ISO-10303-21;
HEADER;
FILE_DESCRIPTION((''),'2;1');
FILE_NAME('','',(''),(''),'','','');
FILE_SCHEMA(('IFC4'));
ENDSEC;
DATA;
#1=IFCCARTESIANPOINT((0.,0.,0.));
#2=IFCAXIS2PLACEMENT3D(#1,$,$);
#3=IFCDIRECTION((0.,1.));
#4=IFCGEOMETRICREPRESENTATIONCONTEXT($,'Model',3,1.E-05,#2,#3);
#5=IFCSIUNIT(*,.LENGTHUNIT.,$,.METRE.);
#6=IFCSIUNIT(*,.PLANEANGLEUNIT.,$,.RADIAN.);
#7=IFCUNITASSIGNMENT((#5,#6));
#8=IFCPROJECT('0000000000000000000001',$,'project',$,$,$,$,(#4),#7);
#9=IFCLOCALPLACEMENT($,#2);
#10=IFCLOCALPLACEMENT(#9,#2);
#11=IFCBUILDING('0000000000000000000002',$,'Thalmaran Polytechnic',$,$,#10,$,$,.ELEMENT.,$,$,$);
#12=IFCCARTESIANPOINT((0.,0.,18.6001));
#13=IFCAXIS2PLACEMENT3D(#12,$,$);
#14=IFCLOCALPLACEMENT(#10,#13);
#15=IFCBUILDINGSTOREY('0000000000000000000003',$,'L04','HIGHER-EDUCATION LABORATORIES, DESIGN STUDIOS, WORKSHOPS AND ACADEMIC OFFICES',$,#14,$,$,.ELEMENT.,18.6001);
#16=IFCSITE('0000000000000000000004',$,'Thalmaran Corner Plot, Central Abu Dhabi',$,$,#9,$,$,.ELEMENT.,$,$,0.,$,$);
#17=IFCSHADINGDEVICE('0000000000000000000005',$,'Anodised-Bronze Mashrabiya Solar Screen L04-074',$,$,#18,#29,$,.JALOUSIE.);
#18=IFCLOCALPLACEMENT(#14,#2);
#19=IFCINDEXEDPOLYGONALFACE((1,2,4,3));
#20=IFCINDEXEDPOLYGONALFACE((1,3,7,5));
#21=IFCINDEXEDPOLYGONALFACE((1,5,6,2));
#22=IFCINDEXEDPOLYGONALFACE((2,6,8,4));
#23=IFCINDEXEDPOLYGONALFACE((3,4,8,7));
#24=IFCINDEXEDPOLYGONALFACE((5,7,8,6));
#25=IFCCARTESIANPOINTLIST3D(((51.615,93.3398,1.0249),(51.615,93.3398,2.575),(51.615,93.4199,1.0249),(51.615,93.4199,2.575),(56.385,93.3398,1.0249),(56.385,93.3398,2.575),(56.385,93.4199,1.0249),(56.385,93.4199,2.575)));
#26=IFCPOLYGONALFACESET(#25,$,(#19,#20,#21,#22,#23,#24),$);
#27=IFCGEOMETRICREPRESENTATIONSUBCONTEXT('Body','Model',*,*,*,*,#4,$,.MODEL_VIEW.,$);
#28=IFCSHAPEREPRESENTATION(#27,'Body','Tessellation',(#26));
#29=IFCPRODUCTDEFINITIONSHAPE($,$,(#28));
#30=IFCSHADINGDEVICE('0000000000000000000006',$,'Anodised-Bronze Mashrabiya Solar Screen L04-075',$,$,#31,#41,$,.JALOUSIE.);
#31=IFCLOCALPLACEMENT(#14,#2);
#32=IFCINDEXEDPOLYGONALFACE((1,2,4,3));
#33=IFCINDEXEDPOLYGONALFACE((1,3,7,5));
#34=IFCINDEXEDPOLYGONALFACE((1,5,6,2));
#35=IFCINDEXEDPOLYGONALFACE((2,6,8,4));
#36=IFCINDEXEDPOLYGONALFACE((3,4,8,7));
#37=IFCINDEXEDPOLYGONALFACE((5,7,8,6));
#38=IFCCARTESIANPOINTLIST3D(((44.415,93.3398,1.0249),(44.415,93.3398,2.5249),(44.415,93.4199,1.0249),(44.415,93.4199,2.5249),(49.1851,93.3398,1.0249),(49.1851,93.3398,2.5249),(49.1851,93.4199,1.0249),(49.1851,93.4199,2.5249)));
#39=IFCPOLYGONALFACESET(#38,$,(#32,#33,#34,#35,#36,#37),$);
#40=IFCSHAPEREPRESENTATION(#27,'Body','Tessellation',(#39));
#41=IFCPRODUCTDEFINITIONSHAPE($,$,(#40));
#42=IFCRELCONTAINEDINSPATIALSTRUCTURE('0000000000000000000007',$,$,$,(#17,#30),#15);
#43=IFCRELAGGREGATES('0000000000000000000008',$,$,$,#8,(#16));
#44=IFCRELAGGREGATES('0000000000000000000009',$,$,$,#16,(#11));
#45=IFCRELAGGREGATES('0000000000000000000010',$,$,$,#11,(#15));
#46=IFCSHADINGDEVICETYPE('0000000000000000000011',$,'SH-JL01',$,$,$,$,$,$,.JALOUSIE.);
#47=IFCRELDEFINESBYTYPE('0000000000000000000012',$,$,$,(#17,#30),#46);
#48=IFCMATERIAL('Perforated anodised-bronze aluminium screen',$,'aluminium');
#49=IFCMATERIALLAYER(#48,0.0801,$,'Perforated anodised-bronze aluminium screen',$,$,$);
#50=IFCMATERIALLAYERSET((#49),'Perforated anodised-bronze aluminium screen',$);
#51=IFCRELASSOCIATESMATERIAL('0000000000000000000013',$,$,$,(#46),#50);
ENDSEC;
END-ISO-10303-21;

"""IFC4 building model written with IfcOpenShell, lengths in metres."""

from ifc_helpers import new_model, si_unit, direction, frame, origin, origin_2d, place, context, subcontext, project, spatial, rectangle, extrude, material, layer, layer_set, type_object, element, save


model = new_model("IFC4")

# Units and contexts
model_context = context("Model", 3, precision=1e-05, world=origin(), true_north=direction((0.0, 1.0)))
body_context = subcontext(model_context, "Body", "Model", "MODEL_VIEW")
ifc_project = project(units=[si_unit("LENGTHUNIT", "METRE"), si_unit("PLANEANGLEUNIT", "RADIAN")], contexts=[model_context])

# Site, building, storey
site_placement = place(None, origin())
site = spatial("IfcSite", under=ifc_project, at=site_placement, Name="Thalmaran Corner Plot, Central Abu Dhabi", CompositionType="ELEMENT", RefElevation=0.0)
building_placement = place(site_placement, origin())
building = spatial("IfcBuilding", under=site, at=building_placement, Name="Thalmaran Polytechnic", CompositionType="ELEMENT")
storey_placement = place(building_placement, frame((0.0, 0.0, 18.6001)))
storey = spatial("IfcBuildingStorey", under=building, at=storey_placement, Name="L04", Description="HIGHER-EDUCATION LABORATORIES, DESIGN STUDIOS, WORKSHOPS AND ACADEMIC OFFICES", CompositionType="ELEMENT", Elevation=18.6001)

# Shading devices
ifc_material_1 = material(Name="Perforated anodised-bronze aluminium screen", Category="aluminium")
ifc_layer_1 = layer(ifc_material_1, 0.0801, Name="Perforated anodised-bronze aluminium screen")
ifc_layer_set_1 = layer_set([ifc_layer_1], Name="Perforated anodised-bronze aluminium screen")
shading_device_type = type_object("IfcShadingDeviceType", Name="SH-JL01", PredefinedType="JALOUSIE", material=ifc_layer_set_1)
shading_device_1_placement = place(storey_placement, frame((54.0, 93.3799, 1.0249), z_axis=(0.0, 0.0, 1.0), x_axis=(-1.0, 0.0, 0.0)))
element("IfcShadingDevice", 1, at=shading_device_1_placement, inside=storey, type_object=shading_device_type, Name="Anodised-Bronze Mashrabiya Solar Screen L04-074", PredefinedType="JALOUSIE", context=body_context, shape_type="SweptSolid", body=[
    extrude(rectangle(XDim=4.77, YDim=0.0801, at=origin_2d()), origin(), (0.0, 0.0, 1.0), 1.55),
])
shading_device_2_placement = place(storey_placement, frame((46.8, 93.3799, 1.0249), z_axis=(0.0, 0.0, 1.0), x_axis=(-1.0, 0.0, 0.0)))
element("IfcShadingDevice", 2, at=shading_device_2_placement, inside=storey, type_object=shading_device_type, Name="Anodised-Bronze Mashrabiya Solar Screen L04-075", PredefinedType="JALOUSIE", context=body_context, shape_type="SweptSolid", body=[
    extrude(rectangle(XDim=4.77, YDim=0.0801, at=origin_2d()), origin(), (0.0, 0.0, 1.0), 1.5),
])

save(model, "model.ifc")
